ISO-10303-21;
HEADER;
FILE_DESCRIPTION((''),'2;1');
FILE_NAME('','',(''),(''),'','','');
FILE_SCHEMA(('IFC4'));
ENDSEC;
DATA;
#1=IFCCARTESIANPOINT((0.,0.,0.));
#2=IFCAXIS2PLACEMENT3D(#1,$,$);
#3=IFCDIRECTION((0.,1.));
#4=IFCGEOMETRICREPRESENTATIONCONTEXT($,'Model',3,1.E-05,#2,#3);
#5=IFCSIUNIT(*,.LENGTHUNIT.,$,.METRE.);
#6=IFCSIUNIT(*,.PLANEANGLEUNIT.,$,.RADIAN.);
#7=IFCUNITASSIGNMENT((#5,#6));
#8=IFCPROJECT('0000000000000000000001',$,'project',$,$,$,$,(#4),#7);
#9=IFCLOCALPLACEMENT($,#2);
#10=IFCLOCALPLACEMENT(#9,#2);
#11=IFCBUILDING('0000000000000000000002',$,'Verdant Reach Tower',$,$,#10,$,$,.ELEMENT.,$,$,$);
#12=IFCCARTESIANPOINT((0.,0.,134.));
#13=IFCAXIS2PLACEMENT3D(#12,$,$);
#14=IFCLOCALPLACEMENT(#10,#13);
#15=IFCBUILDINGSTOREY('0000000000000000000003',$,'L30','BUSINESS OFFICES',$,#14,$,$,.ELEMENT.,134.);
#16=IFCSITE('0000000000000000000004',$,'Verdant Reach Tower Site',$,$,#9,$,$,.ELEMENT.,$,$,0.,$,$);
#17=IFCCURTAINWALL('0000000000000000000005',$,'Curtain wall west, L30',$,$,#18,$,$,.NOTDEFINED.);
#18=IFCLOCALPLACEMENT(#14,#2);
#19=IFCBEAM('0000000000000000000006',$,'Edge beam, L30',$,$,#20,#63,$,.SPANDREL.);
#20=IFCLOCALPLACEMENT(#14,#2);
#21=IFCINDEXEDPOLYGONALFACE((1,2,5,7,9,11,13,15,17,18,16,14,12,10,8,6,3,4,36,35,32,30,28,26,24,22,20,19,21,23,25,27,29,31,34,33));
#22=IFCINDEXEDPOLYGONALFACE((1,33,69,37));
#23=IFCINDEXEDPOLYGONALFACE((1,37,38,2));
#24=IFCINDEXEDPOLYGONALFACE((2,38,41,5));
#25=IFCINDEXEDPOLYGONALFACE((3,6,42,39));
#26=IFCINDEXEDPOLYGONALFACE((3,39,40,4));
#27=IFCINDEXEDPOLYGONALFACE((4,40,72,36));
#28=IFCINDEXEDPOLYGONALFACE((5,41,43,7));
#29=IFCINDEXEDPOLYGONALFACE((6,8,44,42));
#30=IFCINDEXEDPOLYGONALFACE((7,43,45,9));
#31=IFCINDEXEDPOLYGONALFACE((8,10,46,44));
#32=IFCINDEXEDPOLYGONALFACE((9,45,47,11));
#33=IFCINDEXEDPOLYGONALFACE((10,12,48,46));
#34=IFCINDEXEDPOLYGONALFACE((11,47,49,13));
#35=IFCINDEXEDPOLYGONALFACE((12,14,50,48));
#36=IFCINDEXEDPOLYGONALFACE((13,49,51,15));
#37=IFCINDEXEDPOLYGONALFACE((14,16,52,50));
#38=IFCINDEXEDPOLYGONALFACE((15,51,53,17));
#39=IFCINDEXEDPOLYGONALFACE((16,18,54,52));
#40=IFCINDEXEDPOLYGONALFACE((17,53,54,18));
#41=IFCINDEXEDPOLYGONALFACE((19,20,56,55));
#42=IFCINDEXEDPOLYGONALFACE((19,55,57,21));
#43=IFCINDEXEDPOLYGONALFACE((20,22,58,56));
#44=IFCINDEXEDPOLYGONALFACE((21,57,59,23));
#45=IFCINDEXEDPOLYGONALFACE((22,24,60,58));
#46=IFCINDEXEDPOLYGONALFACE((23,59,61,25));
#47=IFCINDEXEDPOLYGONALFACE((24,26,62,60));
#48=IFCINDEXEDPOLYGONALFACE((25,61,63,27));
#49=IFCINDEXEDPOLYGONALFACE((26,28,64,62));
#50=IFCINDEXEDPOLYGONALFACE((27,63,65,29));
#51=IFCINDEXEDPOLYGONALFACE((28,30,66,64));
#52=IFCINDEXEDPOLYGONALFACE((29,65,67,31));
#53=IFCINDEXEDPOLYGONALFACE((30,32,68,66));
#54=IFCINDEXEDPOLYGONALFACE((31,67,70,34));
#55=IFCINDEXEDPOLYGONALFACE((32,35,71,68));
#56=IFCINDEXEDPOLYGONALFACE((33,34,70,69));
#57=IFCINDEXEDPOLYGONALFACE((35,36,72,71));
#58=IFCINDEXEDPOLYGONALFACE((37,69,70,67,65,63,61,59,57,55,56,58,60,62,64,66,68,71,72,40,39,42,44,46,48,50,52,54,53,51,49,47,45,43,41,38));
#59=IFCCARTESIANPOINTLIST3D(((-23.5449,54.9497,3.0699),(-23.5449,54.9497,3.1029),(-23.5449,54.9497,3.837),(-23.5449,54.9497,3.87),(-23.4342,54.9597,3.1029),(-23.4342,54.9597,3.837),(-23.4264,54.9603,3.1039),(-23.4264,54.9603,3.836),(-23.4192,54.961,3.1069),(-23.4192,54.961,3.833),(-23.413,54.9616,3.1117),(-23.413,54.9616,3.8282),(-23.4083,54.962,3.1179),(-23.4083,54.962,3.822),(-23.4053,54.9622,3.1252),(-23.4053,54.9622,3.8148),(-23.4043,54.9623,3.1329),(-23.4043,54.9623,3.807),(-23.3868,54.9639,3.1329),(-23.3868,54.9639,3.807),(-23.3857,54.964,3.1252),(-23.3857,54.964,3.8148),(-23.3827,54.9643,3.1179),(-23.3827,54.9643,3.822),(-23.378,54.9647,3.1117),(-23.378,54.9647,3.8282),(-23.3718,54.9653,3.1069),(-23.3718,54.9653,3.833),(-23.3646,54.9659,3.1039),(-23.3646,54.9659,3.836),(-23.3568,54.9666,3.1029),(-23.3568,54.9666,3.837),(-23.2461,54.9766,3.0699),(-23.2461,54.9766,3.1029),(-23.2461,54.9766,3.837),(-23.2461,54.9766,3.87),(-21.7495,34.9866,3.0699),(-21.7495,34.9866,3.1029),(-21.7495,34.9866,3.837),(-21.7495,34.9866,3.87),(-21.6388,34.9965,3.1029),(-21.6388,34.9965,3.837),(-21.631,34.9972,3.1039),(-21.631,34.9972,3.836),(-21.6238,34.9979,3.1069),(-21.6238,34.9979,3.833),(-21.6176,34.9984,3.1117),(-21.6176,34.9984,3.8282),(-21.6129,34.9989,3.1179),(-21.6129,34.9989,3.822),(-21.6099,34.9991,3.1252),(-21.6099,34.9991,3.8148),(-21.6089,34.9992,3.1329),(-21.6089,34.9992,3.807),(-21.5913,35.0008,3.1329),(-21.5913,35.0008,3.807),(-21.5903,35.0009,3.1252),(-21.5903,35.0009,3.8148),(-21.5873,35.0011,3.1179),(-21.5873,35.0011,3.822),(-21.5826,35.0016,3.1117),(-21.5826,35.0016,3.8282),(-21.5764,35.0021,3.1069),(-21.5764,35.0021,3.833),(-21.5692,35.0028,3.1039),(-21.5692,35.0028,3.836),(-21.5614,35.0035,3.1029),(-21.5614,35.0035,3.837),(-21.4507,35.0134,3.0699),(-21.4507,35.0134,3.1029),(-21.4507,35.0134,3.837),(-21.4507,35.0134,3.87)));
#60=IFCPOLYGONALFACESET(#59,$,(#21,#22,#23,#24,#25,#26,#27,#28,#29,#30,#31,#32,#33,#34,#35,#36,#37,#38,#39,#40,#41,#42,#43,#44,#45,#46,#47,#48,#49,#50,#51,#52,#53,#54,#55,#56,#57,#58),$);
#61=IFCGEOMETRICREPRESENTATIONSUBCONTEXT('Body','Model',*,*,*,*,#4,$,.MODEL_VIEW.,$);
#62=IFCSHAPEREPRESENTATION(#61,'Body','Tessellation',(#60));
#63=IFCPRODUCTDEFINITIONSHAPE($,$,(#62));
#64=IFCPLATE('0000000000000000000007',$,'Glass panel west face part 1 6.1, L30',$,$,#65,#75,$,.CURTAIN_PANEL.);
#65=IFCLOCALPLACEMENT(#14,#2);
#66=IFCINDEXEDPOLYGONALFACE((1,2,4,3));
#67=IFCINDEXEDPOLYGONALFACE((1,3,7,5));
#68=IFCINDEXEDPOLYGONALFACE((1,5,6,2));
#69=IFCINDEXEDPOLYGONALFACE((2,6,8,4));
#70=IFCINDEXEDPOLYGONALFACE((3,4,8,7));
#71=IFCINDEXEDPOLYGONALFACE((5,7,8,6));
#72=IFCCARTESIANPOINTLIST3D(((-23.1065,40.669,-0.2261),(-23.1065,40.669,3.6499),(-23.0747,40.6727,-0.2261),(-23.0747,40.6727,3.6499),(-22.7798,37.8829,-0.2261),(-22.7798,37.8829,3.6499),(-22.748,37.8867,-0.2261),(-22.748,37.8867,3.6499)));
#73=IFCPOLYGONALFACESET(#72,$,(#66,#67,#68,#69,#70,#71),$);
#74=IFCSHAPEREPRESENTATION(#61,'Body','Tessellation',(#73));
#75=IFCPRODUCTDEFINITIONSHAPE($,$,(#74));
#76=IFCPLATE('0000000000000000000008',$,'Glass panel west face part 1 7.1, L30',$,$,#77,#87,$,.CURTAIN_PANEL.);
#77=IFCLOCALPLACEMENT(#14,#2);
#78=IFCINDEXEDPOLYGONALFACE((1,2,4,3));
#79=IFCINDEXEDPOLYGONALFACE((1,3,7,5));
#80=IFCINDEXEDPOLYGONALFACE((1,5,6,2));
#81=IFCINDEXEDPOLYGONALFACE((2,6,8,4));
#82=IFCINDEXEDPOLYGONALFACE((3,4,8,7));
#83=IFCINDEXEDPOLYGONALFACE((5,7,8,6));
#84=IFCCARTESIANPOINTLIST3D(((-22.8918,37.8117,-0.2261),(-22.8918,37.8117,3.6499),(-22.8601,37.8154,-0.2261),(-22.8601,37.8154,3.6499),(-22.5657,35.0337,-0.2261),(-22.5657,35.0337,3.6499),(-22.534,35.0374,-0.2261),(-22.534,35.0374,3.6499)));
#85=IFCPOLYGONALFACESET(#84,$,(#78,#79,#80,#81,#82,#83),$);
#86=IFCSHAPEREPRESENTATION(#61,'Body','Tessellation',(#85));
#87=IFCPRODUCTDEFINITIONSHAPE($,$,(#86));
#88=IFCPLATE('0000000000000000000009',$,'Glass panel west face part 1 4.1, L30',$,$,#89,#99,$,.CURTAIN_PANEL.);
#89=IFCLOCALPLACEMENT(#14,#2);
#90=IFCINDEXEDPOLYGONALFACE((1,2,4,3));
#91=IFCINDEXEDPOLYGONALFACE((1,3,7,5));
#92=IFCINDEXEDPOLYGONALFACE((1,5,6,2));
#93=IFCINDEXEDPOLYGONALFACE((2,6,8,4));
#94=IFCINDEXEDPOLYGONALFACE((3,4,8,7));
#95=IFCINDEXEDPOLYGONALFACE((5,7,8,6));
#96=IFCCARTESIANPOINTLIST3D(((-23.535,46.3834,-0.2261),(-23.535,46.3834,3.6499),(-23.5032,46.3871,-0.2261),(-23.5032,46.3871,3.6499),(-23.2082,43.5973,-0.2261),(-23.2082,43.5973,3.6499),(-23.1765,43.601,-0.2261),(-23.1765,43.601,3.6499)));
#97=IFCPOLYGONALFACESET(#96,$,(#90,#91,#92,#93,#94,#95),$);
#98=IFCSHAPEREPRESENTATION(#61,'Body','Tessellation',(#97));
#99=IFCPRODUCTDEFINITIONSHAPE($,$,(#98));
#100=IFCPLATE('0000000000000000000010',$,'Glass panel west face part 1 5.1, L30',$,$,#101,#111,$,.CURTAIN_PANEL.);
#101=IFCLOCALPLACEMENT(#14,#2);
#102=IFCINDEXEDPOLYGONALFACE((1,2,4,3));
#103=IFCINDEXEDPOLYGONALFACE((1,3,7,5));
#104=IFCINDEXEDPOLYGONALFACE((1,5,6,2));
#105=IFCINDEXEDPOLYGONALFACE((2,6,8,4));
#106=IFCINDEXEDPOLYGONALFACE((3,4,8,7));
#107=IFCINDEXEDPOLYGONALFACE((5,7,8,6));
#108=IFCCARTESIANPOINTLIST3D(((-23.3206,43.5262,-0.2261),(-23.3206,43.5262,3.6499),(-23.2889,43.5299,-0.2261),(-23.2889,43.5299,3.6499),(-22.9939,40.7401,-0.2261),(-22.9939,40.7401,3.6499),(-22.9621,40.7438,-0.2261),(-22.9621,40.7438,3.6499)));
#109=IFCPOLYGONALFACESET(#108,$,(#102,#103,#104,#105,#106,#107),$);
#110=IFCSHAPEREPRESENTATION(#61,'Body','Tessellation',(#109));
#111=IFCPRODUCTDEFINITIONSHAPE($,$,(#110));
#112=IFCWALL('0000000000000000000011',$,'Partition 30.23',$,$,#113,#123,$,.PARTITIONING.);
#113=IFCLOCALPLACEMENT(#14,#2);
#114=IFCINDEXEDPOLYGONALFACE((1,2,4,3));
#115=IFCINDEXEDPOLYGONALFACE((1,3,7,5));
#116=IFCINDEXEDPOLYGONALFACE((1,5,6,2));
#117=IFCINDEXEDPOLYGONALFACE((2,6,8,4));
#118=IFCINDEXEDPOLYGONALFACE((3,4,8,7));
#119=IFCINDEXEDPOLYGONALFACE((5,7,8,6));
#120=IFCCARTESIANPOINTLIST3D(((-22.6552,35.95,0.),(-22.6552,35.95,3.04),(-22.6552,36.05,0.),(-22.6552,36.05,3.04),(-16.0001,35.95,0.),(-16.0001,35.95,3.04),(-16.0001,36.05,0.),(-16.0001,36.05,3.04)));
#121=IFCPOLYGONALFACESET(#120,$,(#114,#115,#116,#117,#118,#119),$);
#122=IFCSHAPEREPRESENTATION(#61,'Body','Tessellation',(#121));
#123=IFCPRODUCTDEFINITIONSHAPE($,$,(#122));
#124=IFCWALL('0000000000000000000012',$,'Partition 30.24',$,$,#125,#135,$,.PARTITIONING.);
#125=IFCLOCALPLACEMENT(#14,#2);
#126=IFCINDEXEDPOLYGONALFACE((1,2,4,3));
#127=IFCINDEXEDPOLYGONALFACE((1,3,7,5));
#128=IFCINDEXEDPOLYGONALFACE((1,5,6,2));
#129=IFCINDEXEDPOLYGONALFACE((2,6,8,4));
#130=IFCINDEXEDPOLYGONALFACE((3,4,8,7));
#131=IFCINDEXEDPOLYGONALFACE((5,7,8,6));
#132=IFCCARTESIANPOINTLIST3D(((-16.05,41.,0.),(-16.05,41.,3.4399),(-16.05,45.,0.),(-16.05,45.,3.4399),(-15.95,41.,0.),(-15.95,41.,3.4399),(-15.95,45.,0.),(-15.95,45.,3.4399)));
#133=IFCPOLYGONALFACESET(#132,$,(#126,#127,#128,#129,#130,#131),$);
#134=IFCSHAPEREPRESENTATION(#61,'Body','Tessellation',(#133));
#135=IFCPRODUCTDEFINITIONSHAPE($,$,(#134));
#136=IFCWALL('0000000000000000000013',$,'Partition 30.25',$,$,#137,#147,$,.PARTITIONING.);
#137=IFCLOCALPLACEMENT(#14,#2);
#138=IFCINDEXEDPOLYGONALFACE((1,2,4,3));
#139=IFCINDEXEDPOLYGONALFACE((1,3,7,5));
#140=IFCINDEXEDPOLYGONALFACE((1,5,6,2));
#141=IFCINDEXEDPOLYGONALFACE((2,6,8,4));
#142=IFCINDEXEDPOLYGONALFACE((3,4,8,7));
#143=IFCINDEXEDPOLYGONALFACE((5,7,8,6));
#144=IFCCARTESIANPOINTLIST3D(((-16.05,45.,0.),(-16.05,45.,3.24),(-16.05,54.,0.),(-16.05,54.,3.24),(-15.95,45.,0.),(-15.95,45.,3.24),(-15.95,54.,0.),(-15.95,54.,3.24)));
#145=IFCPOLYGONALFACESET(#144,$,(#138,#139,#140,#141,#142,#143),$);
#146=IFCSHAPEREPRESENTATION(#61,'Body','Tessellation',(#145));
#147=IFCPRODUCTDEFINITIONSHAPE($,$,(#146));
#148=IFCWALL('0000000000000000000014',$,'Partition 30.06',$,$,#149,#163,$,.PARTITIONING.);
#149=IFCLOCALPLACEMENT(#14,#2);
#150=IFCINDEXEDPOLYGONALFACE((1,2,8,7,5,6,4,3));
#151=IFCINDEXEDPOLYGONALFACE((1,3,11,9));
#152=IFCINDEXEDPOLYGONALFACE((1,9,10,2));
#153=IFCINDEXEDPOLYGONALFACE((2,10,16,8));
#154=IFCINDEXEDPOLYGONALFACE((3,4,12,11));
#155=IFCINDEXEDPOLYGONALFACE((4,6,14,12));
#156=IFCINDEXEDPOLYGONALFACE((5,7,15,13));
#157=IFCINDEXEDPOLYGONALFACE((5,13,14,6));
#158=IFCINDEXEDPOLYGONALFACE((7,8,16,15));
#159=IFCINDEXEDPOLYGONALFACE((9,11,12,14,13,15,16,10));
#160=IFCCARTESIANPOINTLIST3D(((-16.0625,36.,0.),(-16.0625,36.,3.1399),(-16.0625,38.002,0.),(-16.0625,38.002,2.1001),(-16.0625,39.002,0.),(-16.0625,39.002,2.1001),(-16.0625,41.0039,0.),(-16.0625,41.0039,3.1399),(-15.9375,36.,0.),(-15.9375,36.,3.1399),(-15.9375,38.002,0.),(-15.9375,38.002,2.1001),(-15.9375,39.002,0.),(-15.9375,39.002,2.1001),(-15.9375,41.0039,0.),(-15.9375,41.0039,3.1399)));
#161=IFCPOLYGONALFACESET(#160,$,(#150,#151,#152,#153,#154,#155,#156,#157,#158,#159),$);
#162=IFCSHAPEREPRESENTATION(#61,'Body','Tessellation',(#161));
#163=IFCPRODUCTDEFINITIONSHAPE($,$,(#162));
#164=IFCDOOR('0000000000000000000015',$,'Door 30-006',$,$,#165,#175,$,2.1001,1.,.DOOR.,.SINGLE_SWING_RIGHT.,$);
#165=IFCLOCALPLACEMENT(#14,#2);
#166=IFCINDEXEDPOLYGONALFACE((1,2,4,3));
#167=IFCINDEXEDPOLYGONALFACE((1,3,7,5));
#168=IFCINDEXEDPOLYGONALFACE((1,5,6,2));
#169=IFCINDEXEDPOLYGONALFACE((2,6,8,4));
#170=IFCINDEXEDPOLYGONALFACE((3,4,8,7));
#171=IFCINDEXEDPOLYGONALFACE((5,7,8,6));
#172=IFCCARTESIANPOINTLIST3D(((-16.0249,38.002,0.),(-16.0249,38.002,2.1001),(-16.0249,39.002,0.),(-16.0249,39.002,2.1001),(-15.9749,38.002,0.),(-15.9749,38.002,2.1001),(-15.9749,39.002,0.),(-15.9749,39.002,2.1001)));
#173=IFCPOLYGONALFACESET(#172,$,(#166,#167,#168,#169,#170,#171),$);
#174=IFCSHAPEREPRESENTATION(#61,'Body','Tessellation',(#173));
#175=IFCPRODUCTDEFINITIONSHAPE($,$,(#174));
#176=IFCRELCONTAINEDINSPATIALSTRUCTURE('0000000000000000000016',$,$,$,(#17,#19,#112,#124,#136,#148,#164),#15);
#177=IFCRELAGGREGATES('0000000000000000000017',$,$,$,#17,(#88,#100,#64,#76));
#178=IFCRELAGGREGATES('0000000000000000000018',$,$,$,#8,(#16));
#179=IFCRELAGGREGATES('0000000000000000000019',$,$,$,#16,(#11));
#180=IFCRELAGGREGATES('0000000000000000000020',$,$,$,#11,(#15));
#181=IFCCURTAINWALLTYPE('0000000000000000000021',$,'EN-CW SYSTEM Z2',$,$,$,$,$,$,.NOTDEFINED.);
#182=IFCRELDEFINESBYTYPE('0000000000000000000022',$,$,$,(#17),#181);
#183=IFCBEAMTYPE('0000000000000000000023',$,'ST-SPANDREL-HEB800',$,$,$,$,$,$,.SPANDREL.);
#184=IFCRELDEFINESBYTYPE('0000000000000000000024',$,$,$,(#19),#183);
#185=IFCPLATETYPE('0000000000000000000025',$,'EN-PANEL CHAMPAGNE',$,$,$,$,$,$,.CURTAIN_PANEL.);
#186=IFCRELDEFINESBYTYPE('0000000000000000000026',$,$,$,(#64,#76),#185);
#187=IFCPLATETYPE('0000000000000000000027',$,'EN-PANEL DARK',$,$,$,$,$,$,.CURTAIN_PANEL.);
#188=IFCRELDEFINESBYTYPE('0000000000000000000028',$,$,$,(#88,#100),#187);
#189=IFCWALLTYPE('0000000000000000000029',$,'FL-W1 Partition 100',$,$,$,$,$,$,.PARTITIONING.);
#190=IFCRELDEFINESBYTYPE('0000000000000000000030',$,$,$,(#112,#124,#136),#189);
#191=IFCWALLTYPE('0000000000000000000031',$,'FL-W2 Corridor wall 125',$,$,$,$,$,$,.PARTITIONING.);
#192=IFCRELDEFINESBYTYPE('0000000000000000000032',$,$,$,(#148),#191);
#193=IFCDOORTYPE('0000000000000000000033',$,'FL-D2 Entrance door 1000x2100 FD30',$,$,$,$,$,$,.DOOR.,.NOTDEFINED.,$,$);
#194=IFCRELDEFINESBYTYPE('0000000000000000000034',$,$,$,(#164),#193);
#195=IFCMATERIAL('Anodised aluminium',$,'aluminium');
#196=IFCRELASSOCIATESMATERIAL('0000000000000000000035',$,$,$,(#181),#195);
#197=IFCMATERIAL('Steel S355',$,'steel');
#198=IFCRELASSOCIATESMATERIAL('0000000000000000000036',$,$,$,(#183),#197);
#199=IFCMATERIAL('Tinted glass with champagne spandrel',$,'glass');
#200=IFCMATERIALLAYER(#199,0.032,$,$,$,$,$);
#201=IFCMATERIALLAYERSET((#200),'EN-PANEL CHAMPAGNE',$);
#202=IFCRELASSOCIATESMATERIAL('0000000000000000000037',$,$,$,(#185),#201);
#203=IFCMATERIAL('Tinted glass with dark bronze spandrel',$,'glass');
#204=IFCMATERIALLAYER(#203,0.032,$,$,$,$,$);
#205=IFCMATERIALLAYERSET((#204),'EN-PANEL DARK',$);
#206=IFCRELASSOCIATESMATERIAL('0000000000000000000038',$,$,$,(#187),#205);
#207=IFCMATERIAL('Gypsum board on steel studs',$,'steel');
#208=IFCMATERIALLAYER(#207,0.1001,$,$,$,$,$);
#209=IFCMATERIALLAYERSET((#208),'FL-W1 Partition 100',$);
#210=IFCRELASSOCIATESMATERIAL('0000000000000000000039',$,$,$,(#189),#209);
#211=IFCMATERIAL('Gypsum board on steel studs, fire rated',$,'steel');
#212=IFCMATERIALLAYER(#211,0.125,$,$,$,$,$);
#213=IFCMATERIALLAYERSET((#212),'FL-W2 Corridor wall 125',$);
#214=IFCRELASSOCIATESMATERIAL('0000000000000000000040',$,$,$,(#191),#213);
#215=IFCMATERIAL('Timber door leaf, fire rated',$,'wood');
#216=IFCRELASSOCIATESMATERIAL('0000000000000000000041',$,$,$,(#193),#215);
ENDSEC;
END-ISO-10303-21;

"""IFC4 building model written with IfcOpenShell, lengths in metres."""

from ifc_helpers import new_model, si_unit, direction, frame, frame_2d, origin, origin_2d, place, context, subcontext, project, spatial, rectangle, i_section, extrude, material, layer, layer_set, material_profile, profile_set, type_object, element, fill, aggregate, save


model = new_model("IFC4")

# Units and contexts
model_context = context("Model", 3, precision=1e-05, world=origin(), true_north=direction((0.0, 1.0)))
body_context = subcontext(model_context, "Body", "Model", "MODEL_VIEW")
ifc_project = project(units=[si_unit("LENGTHUNIT", "METRE"), si_unit("PLANEANGLEUNIT", "RADIAN")], contexts=[model_context])

# Site, building, storey
site_placement = place(None, origin())
site = spatial("IfcSite", under=ifc_project, at=site_placement, Name="Verdant Reach Tower Site", CompositionType="ELEMENT", RefElevation=0.0)
building_placement = place(site_placement, origin())
building = spatial("IfcBuilding", under=site, at=building_placement, Name="Verdant Reach Tower", CompositionType="ELEMENT")
storey_placement = place(building_placement, frame((0.0, 0.0, 134.0)))
storey = spatial("IfcBuildingStorey", under=building, at=storey_placement, Name="L30", Description="BUSINESS OFFICES", CompositionType="ELEMENT", Elevation=134.0)

# Curtain wall
ifc_material_1 = material(Name="Anodised aluminium", Category="aluminium")
curtain_wall_type = type_object("IfcCurtainWallType", Name="EN-CW SYSTEM Z2", PredefinedType="NOTDEFINED", material=ifc_material_1)
curtain_wall_placement = place(storey_placement, origin())
curtain_wall = element("IfcCurtainWall", 1, at=curtain_wall_placement, inside=storey, type_object=curtain_wall_type, Name="Curtain wall west, L30", PredefinedType="NOTDEFINED")

# Beam
ifc_material_2 = material(Name="Steel S355", Category="steel")
ifc_material_profile_1 = material_profile(ifc_material_2, i_section(OverallWidth=0.3, OverallDepth=0.8, WebThickness=0.0176, FlangeThickness=0.033, FilletRadius=0.03, at=origin_2d()), Name="HEB 800")
ifc_profile_set_1 = profile_set([ifc_material_profile_1], Name="Steel S355")
beam_type_1 = type_object("IfcBeamType", Name="ST-SPANDREL-HEB800", PredefinedType="SPANDREL", material=ifc_profile_set_1)
beam_1_placement = place(storey_placement, frame((-21.6001, 35.0, 3.47), z_axis=(-0.089575, 0.99598, 0.0), x_axis=(-0.99598, -0.089575, 0.0)))
element("IfcBeam", 2, at=beam_1_placement, inside=storey, type_object=beam_type_1, Name="Edge beam, L30", PredefinedType="SPANDREL", context=body_context, shape_type="SweptSolid", body=[
    extrude(i_section(OverallWidth=0.3, OverallDepth=0.8, WebThickness=0.0176, FlangeThickness=0.033, FilletRadius=0.03, at=origin_2d()), origin(), (0.0, 0.0, 1.0), 20.0437),
])

# Plates
ifc_material_3 = material(Name="Tinted glass with champagne spandrel", Category="glass")
ifc_layer_1 = layer(ifc_material_3, 0.032)
ifc_layer_set_1 = layer_set([ifc_layer_1], Name="EN-PANEL CHAMPAGNE")
plate_type_1 = type_object("IfcPlateType", Name="EN-PANEL CHAMPAGNE", PredefinedType="CURTAIN_PANEL", material=ifc_layer_set_1)
plate_1_placement = place(storey_placement, frame((-22.9272, 39.2778, -0.2261), z_axis=(0.0, 0.0, 1.0), x_axis=(0.116483, -0.993193, 0.0)))
plate_1 = element("IfcPlate", 3, at=plate_1_placement, type_object=plate_type_1, Name="Glass panel west face part 1 6.1, L30", PredefinedType="CURTAIN_PANEL", context=body_context, shape_type="SweptSolid", body=[
    extrude(rectangle(XDim=2.8052, YDim=0.032, at=origin_2d()), origin(), (0.0, 0.0, 1.0), 3.876),
])
plate_2_placement = place(storey_placement, frame((-22.7129, 36.4246, -0.2261), z_axis=(0.0, 0.0, 1.0), x_axis=(0.116586, -0.993181, 0.0)))
plate_2 = element("IfcPlate", 4, at=plate_2_placement, type_object=plate_type_1, Name="Glass panel west face part 1 7.1, L30", PredefinedType="CURTAIN_PANEL", context=body_context, shape_type="SweptSolid", body=[
    extrude(rectangle(XDim=2.7971, YDim=0.032, at=origin_2d()), origin(), (0.0, 0.0, 1.0), 3.876),
])
ifc_material_4 = material(Name="Tinted glass with dark bronze spandrel", Category="glass")
ifc_layer_2 = layer(ifc_material_4, 0.032)
ifc_layer_set_2 = layer_set([ifc_layer_2], Name="EN-PANEL DARK")
plate_type_2 = type_object("IfcPlateType", Name="EN-PANEL DARK", PredefinedType="CURTAIN_PANEL", material=ifc_layer_set_2)
plate_3_placement = place(storey_placement, frame((-23.3557, 44.9922, -0.2261), z_axis=(0.0, 0.0, 1.0), x_axis=(0.116483, -0.993193, 0.0)))
plate_3 = element("IfcPlate", 5, at=plate_3_placement, type_object=plate_type_2, Name="Glass panel west face part 1 4.1, L30", PredefinedType="CURTAIN_PANEL", context=body_context, shape_type="SweptSolid", body=[
    extrude(rectangle(XDim=2.8052, YDim=0.032, at=origin_2d()), origin(), (0.0, 0.0, 1.0), 3.876),
])
plate_4_placement = place(storey_placement, frame((-23.1414, 42.135, -0.2261), z_axis=(0.0, 0.0, 1.0), x_axis=(0.116483, -0.993193, 0.0)))
plate_4 = element("IfcPlate", 6, at=plate_4_placement, type_object=plate_type_2, Name="Glass panel west face part 1 5.1, L30", PredefinedType="CURTAIN_PANEL", context=body_context, shape_type="SweptSolid", body=[
    extrude(rectangle(XDim=2.8052, YDim=0.032, at=origin_2d()), origin(), (0.0, 0.0, 1.0), 3.876),
])
aggregate(curtain_wall, [plate_3, plate_4, plate_1, plate_2])

# Walls
ifc_material_5 = material(Name="Gypsum board on steel studs", Category="steel")
ifc_layer_3 = layer(ifc_material_5, 0.1001)
ifc_layer_set_3 = layer_set([ifc_layer_3], Name="FL-W1 Partition 100")
wall_type_1 = type_object("IfcWallType", Name="FL-W1 Partition 100", PredefinedType="PARTITIONING", material=ifc_layer_set_3)
wall_1_placement = place(storey_placement, frame((-16.0, 36.0, 0.0), z_axis=(0.0, 0.0, 1.0), x_axis=(-1.0, 0.0, 0.0)))
element("IfcWall", 7, at=wall_1_placement, inside=storey, type_object=wall_type_1, Name="Partition 30.23", PredefinedType="PARTITIONING", context=body_context, shape_type="SweptSolid", body=[
    extrude(rectangle(XDim=6.655, YDim=0.1001, at=frame_2d((3.3276, 0.0))), origin(), (0.0, 0.0, 1.0), 3.04),
])
wall_2_placement = place(storey_placement, frame((-16.0, 41.0, 0.0), z_axis=(0.0, 0.0, 1.0), x_axis=(0.0, 1.0, 0.0)))
element("IfcWall", 8, at=wall_2_placement, inside=storey, type_object=wall_type_1, Name="Partition 30.24", PredefinedType="PARTITIONING", context=body_context, shape_type="SweptSolid", body=[
    extrude(rectangle(XDim=4.0, YDim=0.1001, at=frame_2d((2.0, 0.0))), origin(), (0.0, 0.0, 1.0), 3.4399),
])
wall_3_placement = place(storey_placement, frame((-16.0, 45.0, 0.0), z_axis=(0.0, 0.0, 1.0), x_axis=(0.0, 1.0, 0.0)))
element("IfcWall", 9, at=wall_3_placement, inside=storey, type_object=wall_type_1, Name="Partition 30.25", PredefinedType="PARTITIONING", context=body_context, shape_type="SweptSolid", body=[
    extrude(rectangle(XDim=9.0, YDim=0.1001, at=frame_2d((4.5, 0.0))), origin(), (0.0, 0.0, 1.0), 3.24),
])

# Wall, opening, door
ifc_material_6 = material(Name="Gypsum board on steel studs, fire rated", Category="steel")
ifc_layer_4 = layer(ifc_material_6, 0.125)
ifc_layer_set_4 = layer_set([ifc_layer_4], Name="FL-W2 Corridor wall 125")
wall_type_2 = type_object("IfcWallType", Name="FL-W2 Corridor wall 125", PredefinedType="PARTITIONING", material=ifc_layer_set_4)
wall_4_placement = place(storey_placement, frame((-16.0, 36.0, 0.0), z_axis=(0.0, 0.0, 1.0), x_axis=(0.0, 1.0, 0.0)))
wall_4 = element("IfcWall", 10, at=wall_4_placement, inside=storey, type_object=wall_type_2, Name="Partition 30.06", PredefinedType="PARTITIONING", context=body_context, shape_type="SweptSolid", body=[
    extrude(rectangle(XDim=5.0039, YDim=0.125, at=frame_2d((2.502, 0.0))), origin(), (0.0, 0.0, 1.0), 3.1399),
])
opening_1_placement = place(wall_4_placement, frame((2.002, 0.0, 0.0)))
opening_1 = element("IfcOpeningElement", 11, at=opening_1_placement, cuts=wall_4, PredefinedType="OPENING", context=body_context, shape_type="SweptSolid", body=[
    extrude(rectangle(XDim=1.0, YDim=2.1001, at=frame_2d((0.5, 1.05))), frame((0.0, 0.0725, 0.0), z_axis=(0.0, -1.0, 0.0), x_axis=(1.0, 0.0, 0.0)), (0.0, 0.0, 1.0), 0.145),
])
ifc_material_7 = material(Name="Timber door leaf, fire rated", Category="wood")
door_type = type_object("IfcDoorType", Name="FL-D2 Entrance door 1000x2100 FD30", OperationType="NOTDEFINED", PredefinedType="DOOR", material=ifc_material_7)
door_1_placement = place(opening_1_placement, origin())
door_1 = element("IfcDoor", 12, at=door_1_placement, inside=storey, type_object=door_type, Name="Door 30-006", OperationType="SINGLE_SWING_RIGHT", OverallHeight=2.1001, OverallWidth=1.0, PredefinedType="DOOR", context=body_context, shape_type="SweptSolid", body=[
    extrude(rectangle(XDim=1.0, YDim=2.1001, at=frame_2d((0.5, 1.05))), frame((0.0, 0.0249, 0.0), z_axis=(0.0, -1.0, 0.0), x_axis=(1.0, 0.0, 0.0)), (0.0, 0.0, 1.0), 0.05),
])
fill(opening_1, door_1)

save(model, "model.ifc")
